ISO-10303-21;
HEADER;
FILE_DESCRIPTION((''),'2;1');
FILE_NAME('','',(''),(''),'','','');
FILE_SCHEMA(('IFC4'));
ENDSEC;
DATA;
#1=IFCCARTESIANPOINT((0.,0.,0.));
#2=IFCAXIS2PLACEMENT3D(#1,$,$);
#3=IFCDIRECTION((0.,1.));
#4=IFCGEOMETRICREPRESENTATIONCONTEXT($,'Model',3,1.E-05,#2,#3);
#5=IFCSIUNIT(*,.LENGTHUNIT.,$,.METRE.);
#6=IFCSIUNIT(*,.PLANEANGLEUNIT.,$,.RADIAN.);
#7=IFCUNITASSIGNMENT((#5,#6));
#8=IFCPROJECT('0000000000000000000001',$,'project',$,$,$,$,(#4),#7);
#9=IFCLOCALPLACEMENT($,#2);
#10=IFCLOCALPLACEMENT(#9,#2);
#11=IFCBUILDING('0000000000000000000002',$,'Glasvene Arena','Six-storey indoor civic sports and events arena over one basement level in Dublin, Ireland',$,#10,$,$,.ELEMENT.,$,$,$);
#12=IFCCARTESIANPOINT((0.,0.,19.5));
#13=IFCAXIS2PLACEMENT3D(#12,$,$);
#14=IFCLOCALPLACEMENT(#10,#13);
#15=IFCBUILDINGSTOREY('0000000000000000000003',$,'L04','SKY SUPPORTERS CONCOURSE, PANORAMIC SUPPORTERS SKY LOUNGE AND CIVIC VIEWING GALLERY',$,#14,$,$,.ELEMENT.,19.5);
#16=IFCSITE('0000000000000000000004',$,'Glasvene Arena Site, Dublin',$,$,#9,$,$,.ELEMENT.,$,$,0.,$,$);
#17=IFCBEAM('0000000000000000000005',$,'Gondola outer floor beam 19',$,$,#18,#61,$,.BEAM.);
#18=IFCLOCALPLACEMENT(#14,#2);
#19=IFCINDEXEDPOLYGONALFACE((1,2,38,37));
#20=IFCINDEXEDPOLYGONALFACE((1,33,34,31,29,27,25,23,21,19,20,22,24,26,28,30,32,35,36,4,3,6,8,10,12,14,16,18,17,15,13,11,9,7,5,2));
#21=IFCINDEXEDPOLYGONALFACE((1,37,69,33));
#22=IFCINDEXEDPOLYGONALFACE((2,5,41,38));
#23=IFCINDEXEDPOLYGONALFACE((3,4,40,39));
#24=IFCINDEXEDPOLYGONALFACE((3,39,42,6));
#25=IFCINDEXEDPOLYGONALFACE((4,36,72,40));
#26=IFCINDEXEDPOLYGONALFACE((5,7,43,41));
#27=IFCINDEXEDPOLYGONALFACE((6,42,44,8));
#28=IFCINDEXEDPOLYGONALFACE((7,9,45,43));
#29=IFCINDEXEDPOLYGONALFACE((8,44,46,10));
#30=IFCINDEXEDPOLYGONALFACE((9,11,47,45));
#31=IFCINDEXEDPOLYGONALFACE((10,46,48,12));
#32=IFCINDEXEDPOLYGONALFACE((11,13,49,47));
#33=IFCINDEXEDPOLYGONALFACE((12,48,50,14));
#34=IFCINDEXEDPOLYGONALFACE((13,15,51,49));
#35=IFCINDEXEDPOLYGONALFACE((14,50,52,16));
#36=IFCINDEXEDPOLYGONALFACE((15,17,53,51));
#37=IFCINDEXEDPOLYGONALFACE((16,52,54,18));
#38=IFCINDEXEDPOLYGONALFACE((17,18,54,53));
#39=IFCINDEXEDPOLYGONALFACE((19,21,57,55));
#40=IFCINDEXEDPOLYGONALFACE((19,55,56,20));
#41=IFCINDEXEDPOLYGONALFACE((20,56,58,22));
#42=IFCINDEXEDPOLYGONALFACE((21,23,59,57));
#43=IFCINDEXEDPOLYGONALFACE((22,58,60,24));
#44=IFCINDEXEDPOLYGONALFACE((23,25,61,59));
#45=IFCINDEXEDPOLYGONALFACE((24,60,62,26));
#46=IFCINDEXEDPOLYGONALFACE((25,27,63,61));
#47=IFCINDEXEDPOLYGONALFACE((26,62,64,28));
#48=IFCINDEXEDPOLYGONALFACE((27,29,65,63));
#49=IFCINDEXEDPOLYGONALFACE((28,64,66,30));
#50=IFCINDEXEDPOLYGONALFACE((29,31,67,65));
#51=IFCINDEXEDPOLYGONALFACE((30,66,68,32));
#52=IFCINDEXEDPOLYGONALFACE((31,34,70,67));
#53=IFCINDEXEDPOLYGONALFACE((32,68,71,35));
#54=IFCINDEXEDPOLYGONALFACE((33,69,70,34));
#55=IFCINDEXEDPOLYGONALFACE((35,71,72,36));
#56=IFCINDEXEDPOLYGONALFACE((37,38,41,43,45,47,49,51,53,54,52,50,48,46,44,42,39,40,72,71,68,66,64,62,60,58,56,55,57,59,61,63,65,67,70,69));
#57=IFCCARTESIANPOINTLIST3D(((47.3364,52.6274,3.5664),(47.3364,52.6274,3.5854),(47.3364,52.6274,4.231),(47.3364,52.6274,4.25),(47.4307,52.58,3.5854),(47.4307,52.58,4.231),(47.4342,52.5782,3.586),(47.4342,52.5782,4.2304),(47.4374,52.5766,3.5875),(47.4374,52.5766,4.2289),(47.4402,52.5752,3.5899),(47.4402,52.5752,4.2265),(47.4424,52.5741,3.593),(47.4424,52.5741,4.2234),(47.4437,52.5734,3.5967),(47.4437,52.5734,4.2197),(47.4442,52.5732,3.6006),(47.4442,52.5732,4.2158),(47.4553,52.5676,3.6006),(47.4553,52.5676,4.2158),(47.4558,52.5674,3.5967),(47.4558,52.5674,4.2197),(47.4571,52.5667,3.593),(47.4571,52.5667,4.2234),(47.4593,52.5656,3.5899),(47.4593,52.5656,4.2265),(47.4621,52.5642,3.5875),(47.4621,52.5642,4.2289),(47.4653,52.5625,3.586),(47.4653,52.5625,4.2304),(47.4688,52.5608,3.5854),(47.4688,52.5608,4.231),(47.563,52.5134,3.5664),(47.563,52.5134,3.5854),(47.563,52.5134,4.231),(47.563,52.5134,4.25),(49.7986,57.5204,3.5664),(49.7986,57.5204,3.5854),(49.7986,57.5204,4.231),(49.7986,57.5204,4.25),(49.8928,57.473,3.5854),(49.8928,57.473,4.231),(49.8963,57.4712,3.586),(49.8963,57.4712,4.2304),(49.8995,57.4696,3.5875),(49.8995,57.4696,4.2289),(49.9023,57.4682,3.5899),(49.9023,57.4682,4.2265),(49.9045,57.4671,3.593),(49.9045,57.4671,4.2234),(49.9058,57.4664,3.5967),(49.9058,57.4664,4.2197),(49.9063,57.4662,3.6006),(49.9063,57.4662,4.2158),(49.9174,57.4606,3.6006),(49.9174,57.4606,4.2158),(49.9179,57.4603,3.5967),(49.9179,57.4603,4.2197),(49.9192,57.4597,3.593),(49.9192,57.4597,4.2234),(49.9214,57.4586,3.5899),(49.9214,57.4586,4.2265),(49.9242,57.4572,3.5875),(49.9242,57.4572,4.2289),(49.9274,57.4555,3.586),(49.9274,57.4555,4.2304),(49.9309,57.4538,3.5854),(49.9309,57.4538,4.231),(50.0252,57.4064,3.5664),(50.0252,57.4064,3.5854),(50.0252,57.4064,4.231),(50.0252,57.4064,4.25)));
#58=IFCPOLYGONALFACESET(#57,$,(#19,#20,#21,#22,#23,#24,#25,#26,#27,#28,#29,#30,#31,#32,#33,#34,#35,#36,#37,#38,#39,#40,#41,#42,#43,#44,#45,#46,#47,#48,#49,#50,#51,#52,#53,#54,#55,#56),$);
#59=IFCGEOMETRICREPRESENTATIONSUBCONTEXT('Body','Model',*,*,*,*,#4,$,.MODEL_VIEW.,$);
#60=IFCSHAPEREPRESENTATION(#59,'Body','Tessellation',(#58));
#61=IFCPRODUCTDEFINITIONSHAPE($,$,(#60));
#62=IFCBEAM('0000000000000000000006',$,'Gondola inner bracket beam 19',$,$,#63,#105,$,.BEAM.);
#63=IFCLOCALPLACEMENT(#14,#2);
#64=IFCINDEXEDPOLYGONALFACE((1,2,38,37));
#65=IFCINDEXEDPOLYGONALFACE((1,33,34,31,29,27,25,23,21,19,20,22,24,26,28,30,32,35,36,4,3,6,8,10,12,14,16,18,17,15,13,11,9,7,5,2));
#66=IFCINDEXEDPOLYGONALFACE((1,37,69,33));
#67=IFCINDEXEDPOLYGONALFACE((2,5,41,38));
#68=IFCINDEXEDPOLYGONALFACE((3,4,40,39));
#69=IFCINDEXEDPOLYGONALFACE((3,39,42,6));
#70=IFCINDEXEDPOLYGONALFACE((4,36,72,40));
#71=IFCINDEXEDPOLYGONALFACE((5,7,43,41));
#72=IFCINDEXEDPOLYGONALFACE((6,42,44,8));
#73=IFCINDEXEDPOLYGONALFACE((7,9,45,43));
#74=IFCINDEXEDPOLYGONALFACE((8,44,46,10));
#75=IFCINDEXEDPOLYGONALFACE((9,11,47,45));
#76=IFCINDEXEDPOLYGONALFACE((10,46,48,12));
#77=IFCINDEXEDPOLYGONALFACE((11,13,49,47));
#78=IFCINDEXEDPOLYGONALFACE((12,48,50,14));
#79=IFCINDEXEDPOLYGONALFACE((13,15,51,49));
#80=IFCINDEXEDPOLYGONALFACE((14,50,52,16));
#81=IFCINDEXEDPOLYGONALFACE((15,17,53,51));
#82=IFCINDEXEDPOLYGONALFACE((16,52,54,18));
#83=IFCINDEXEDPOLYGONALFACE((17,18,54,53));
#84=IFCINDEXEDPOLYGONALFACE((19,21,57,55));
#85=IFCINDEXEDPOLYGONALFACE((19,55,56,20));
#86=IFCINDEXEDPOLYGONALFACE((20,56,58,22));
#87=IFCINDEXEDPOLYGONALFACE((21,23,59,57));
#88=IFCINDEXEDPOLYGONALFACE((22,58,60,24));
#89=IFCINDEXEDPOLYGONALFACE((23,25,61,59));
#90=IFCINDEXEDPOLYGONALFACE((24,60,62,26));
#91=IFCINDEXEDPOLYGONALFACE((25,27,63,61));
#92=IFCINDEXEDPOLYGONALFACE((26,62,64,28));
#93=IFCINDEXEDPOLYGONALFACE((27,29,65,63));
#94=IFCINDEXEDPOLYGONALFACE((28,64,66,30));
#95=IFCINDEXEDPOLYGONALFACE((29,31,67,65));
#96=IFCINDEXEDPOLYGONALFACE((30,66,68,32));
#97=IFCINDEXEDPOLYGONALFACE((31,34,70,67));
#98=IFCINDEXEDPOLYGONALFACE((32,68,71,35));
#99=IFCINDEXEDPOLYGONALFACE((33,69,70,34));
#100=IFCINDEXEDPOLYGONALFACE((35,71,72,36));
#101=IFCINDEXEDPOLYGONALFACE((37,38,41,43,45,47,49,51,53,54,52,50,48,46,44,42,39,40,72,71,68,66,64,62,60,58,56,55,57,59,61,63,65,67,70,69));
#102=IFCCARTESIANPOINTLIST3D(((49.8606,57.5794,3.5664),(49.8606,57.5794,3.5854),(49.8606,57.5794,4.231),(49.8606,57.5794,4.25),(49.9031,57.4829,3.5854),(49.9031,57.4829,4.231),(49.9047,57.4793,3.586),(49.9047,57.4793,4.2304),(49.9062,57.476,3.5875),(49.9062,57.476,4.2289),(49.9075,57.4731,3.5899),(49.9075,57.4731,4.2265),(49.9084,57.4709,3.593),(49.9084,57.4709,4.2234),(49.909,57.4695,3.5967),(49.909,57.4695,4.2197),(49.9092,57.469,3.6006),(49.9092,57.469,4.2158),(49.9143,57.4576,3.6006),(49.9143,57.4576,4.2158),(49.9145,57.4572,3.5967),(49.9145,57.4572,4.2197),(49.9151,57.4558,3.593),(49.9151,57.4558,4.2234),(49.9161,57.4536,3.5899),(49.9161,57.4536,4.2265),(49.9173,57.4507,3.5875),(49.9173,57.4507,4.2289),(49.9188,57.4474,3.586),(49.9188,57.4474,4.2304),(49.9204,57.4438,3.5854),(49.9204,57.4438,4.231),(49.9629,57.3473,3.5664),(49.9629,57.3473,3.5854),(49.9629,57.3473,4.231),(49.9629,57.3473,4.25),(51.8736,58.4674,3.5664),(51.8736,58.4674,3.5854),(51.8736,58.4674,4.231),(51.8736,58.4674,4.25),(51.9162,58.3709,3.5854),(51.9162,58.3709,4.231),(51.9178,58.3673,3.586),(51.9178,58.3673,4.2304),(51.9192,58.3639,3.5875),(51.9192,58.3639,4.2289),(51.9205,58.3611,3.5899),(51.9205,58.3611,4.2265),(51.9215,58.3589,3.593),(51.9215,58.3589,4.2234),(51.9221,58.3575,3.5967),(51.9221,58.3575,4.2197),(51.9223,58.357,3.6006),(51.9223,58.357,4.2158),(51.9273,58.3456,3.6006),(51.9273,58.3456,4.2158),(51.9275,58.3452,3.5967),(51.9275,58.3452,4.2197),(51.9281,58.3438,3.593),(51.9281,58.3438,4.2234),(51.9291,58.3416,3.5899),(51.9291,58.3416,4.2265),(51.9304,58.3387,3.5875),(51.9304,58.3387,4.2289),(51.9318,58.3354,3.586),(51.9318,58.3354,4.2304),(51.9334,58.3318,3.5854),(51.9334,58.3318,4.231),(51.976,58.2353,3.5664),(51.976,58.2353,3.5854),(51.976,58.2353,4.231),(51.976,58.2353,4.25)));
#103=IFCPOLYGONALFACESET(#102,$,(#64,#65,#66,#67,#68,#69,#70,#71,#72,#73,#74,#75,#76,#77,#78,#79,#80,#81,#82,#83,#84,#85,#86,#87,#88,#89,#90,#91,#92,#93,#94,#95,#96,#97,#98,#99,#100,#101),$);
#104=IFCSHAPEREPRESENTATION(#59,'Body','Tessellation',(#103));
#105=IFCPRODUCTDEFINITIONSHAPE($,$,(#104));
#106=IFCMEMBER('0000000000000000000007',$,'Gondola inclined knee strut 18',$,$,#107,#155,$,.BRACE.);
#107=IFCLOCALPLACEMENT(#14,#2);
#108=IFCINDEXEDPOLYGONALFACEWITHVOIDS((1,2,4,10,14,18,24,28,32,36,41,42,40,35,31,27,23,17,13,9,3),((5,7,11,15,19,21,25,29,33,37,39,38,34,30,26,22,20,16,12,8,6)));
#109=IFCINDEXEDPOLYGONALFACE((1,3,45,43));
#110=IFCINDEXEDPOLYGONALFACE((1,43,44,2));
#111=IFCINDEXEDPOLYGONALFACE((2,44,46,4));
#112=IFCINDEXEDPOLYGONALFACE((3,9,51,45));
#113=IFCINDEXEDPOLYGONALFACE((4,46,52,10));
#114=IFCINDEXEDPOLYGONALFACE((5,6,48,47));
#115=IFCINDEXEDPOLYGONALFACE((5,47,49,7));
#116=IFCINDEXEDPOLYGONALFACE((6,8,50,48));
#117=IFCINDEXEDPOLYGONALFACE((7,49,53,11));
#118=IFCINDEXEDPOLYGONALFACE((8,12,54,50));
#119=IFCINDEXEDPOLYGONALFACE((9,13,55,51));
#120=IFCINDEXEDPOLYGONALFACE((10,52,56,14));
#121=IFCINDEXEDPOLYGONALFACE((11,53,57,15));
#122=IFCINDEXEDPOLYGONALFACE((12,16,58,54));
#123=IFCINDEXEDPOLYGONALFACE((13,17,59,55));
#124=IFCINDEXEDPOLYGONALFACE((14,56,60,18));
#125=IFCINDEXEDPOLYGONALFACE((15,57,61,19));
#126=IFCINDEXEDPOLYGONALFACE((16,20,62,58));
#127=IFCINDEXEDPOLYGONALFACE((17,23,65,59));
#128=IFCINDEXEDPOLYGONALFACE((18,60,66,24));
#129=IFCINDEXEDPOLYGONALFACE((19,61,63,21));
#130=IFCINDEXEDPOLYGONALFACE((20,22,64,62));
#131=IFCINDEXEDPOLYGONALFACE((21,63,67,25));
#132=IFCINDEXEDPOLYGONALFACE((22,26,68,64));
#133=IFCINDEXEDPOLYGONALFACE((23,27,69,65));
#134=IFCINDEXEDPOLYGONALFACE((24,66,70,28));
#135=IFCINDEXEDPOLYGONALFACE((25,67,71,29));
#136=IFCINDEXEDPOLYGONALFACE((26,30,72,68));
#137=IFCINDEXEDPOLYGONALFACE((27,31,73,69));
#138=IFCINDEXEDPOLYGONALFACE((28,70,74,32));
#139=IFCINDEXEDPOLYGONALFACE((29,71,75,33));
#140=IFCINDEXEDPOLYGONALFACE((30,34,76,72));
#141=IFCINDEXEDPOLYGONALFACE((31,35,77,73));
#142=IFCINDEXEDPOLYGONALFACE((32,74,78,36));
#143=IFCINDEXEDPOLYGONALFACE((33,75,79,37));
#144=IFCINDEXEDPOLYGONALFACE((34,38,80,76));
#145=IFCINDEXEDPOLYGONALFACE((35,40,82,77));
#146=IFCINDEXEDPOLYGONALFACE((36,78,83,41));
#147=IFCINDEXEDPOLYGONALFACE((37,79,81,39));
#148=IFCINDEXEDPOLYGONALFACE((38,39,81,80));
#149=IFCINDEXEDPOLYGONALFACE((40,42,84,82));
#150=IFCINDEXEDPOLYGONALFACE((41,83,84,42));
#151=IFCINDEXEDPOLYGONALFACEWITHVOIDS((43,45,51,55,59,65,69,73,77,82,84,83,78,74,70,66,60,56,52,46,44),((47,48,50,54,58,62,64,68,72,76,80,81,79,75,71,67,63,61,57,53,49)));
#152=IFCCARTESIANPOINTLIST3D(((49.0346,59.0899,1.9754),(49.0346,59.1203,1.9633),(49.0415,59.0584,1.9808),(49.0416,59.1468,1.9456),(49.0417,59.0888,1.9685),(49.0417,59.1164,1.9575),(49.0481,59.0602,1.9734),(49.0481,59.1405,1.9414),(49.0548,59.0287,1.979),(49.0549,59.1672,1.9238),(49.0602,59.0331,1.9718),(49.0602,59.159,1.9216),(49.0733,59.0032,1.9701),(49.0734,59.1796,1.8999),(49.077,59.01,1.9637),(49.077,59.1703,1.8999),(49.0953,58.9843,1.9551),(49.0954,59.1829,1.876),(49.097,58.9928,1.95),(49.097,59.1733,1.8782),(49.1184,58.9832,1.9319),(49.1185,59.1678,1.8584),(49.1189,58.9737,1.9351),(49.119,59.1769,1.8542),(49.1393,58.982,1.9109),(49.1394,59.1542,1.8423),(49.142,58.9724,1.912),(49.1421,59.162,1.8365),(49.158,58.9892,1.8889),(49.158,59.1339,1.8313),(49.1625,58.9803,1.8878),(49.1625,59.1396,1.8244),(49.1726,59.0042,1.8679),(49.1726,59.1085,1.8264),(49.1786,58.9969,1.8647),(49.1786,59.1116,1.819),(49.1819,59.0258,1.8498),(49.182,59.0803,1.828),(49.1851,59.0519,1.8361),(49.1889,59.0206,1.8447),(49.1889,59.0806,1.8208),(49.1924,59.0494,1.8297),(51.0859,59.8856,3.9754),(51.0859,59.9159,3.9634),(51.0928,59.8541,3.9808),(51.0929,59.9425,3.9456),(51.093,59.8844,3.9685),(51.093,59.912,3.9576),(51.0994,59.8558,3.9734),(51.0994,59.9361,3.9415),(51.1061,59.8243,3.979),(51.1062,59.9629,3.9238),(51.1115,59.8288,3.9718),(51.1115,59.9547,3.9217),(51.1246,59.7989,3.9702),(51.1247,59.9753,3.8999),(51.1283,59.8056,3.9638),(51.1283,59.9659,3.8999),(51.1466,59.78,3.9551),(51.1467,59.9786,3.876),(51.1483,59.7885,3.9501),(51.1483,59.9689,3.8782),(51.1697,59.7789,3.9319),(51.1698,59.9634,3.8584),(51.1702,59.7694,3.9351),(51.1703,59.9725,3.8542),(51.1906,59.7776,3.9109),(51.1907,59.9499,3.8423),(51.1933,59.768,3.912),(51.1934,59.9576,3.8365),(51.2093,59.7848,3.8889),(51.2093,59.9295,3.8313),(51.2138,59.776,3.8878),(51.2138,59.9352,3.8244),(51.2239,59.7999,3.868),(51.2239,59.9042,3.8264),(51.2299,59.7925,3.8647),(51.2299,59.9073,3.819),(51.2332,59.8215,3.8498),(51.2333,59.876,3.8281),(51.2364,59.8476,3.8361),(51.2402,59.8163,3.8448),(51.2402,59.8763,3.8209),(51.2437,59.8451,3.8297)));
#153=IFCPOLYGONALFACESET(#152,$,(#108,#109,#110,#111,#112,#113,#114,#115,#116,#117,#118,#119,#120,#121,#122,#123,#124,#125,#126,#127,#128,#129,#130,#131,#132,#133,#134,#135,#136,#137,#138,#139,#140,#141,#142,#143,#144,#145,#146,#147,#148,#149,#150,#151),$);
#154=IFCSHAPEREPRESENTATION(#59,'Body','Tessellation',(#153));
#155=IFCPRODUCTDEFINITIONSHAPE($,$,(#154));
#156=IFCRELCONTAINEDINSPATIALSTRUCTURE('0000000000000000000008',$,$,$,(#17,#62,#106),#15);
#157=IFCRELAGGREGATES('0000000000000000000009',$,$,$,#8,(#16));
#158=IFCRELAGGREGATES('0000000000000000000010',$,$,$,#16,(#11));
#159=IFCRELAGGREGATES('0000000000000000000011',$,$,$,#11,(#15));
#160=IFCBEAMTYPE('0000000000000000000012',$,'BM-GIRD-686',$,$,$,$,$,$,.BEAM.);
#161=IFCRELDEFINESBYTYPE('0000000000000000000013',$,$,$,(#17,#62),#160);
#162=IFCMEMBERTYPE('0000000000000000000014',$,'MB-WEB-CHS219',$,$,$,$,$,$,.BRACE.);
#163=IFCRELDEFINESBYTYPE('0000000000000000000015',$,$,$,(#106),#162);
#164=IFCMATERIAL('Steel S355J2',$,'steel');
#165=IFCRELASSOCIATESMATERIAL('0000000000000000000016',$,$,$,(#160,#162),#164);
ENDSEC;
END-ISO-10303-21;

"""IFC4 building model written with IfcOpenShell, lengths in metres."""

from ifc_helpers import new_model, si_unit, direction, frame, origin, origin_2d, place, context, subcontext, project, spatial, hollow_circle, i_section, extrude, material, material_profile, profile_set, type_object, element, save


model = new_model("IFC4")

# Units and contexts
model_context = context("Model", 3, precision=1e-05, world=origin(), true_north=direction((0.0, 1.0)))
body_context = subcontext(model_context, "Body", "Model", "MODEL_VIEW")
ifc_project = project(units=[si_unit("LENGTHUNIT", "METRE"), si_unit("PLANEANGLEUNIT", "RADIAN")], contexts=[model_context])

# Site, building, storey
site_placement = place(None, origin())
site = spatial("IfcSite", under=ifc_project, at=site_placement, Name="Glasvene Arena Site, Dublin", CompositionType="ELEMENT", RefElevation=0.0)
building_placement = place(site_placement, origin())
building = spatial("IfcBuilding", under=site, at=building_placement, Name="Glasvene Arena", Description="Six-storey indoor civic sports and events arena over one basement level in Dublin, Ireland", CompositionType="ELEMENT")
storey_placement = place(building_placement, frame((0.0, 0.0, 19.5)))
storey = spatial("IfcBuildingStorey", under=building, at=storey_placement, Name="L04", Description="SKY SUPPORTERS CONCOURSE, PANORAMIC SUPPORTERS SKY LOUNGE AND CIVIC VIEWING GALLERY", CompositionType="ELEMENT", Elevation=19.5)

# Shared definitions
ifc_material_1 = material(Name="Steel S355J2", Category="steel")

# Beams
ifc_material_profile_1 = material_profile(ifc_material_1, i_section(OverallWidth=0.2537, OverallDepth=0.6836, WebThickness=0.0125, FlangeThickness=0.019, FilletRadius=0.0151, at=origin_2d()), Name="UKB 686x254x140")
ifc_profile_set_1 = profile_set([ifc_material_profile_1], Name="Steel S355J2")
beam_type_1 = type_object("IfcBeamType", Name="BM-GIRD-686", PredefinedType="BEAM", material=ifc_profile_set_1)
beam_1_placement = place(storey_placement, frame((49.9119, 57.4634, 3.9082), z_axis=(-0.449494, -0.893283, 0.0), x_axis=(0.893283, -0.449494, 0.0)))
element("IfcBeam", 1, at=beam_1_placement, inside=storey, type_object=beam_type_1, Name="Gondola outer floor beam 19", PredefinedType="BEAM", context=body_context, shape_type="SweptSolid", body=[
    extrude(i_section(OverallWidth=0.2537, OverallDepth=0.6836, WebThickness=0.0125, FlangeThickness=0.019, FilletRadius=0.0151, at=origin_2d()), origin(), (0.0, 0.0, 1.0), 5.4775),
])
beam_2_placement = place(storey_placement, frame((51.9248, 58.3513, 3.9082), z_axis=(-0.914938, -0.403594, 0.0), x_axis=(0.403594, -0.914938, 0.0)))
element("IfcBeam", 2, at=beam_2_placement, inside=storey, type_object=beam_type_1, Name="Gondola inner bracket beam 19", PredefinedType="BEAM", context=body_context, shape_type="SweptSolid", body=[
    extrude(i_section(OverallWidth=0.2537, OverallDepth=0.6836, WebThickness=0.0125, FlangeThickness=0.019, FilletRadius=0.0151, at=origin_2d()), origin(), (0.0, 0.0, 1.0), 2.2002),
])

# Member
ifc_material_profile_2 = material_profile(ifc_material_1, hollow_circle(Radius=0.1096, WallThickness=0.01, at=origin_2d()), Name="CHS 219.1x10.0")
ifc_profile_set_2 = profile_set([ifc_material_profile_2], Name="Steel S355J2")
member_type = type_object("IfcMemberType", Name="MB-WEB-CHS219", PredefinedType="BRACE", material=ifc_profile_set_2)
for number, where, z_axis, x_axis, name in (
    (3, (49.113, 59.0774, 1.8999), (0.689886, 0.267596, 0.672643), (-0.361632, 0.932321, 0.0), "Gondola inclined knee strut 18"),
):
    element("IfcMember", number, at=place(storey_placement, frame(where, z_axis=z_axis, x_axis=x_axis)), inside=storey, type_object=member_type, Name=name, PredefinedType="BRACE", context=body_context, shape_type="SweptSolid", body=[
        extrude(hollow_circle(Radius=0.1096, WallThickness=0.01, at=origin_2d()), origin(), (0.0, 0.0, 1.0), 2.9734),
    ])

save(model, "model.ifc")
